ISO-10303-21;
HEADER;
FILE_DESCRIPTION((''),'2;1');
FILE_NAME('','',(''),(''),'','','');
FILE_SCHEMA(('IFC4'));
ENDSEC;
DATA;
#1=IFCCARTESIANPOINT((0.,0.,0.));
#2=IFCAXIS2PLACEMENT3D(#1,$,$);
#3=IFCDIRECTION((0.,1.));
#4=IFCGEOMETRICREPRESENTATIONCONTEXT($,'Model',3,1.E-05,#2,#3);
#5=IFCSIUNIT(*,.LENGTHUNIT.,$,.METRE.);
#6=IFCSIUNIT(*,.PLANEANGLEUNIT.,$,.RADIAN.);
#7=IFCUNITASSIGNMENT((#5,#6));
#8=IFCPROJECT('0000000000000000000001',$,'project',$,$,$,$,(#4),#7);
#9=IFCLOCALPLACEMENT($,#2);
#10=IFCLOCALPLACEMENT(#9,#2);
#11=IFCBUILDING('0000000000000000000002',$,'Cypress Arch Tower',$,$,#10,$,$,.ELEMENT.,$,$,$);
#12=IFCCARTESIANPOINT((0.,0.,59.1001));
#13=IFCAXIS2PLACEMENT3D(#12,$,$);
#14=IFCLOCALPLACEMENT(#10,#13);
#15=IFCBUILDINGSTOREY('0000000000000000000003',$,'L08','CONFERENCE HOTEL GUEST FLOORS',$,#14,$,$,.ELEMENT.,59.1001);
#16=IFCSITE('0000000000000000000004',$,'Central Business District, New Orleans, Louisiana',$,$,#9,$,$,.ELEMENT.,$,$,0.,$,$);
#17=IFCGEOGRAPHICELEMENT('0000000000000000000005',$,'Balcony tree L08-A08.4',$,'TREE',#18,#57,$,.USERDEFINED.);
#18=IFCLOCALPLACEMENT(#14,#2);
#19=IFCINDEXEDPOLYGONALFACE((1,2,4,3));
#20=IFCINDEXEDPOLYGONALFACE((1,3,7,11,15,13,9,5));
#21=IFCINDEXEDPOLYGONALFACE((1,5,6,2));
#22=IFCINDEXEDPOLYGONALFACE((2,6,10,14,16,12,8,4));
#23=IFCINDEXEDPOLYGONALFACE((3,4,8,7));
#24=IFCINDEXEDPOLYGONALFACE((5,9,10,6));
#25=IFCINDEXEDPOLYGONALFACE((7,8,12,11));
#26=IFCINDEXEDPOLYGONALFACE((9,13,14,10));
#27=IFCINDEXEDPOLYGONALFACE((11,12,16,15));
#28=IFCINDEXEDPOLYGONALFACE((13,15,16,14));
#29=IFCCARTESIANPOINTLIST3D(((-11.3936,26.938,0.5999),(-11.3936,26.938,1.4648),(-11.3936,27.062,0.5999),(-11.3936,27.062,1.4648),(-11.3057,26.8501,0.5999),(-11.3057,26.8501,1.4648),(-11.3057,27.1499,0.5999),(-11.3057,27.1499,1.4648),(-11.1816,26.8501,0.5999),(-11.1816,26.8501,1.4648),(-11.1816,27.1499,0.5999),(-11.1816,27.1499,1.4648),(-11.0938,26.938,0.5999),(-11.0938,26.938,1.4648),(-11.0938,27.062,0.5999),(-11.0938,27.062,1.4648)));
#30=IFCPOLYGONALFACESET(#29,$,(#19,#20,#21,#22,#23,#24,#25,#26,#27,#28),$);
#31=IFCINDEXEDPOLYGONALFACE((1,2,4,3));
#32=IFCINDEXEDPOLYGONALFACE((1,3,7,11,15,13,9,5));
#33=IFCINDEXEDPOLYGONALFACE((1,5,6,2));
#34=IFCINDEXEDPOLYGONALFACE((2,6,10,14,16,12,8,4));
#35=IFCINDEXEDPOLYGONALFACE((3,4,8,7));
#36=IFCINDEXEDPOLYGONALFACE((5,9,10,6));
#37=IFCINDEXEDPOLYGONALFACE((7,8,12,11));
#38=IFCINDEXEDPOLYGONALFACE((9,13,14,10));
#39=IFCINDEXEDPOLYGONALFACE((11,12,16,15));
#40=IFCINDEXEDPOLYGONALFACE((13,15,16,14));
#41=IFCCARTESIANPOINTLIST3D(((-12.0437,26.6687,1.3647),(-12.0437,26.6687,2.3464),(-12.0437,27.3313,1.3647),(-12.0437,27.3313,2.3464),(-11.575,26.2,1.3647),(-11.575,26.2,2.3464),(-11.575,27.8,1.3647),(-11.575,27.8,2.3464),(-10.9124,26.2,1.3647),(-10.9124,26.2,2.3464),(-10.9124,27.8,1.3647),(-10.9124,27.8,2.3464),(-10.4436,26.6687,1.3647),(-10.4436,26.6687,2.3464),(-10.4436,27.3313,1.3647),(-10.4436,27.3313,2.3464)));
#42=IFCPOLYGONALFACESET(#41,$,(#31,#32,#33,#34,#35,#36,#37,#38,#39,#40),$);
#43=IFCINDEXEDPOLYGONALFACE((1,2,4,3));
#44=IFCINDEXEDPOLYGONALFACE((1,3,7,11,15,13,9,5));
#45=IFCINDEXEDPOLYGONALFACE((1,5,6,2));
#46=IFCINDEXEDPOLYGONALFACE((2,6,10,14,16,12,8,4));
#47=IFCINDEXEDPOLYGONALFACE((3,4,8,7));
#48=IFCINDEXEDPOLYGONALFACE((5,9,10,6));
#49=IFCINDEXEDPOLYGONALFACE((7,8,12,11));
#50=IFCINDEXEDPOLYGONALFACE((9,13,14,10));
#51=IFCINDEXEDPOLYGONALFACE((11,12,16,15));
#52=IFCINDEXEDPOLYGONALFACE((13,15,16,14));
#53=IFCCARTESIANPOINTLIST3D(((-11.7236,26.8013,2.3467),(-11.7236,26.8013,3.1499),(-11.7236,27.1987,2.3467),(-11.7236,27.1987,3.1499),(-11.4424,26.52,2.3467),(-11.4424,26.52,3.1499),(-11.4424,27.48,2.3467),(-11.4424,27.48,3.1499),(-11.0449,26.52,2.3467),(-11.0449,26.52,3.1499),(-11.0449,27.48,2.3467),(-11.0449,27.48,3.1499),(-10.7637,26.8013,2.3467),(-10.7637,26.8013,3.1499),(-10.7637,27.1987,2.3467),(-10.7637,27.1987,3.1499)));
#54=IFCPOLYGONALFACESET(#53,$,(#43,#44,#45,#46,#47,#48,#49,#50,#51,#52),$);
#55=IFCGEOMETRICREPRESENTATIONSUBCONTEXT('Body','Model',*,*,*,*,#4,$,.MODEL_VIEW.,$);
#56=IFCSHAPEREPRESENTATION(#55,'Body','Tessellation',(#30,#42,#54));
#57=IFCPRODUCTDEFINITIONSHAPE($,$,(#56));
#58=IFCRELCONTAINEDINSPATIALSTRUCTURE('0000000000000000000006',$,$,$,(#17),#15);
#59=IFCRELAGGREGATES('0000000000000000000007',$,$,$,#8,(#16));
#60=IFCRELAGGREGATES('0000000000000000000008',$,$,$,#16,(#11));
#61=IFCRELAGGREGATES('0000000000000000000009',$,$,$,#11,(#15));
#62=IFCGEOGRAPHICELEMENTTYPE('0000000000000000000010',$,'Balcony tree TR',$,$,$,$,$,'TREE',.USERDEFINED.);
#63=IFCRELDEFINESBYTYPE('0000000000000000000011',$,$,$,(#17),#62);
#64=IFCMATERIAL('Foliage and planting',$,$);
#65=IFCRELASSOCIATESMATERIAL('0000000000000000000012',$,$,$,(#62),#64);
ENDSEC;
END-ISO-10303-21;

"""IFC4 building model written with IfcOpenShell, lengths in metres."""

from ifc_helpers import new_model, si_unit, direction, frame, origin, place, context, subcontext, project, spatial, polyline, outline, extrude, material, type_object, element, save


model = new_model("IFC4")

# Units and contexts
model_context = context("Model", 3, precision=1e-05, world=origin(), true_north=direction((0.0, 1.0)))
body_context = subcontext(model_context, "Body", "Model", "MODEL_VIEW")
ifc_project = project(units=[si_unit("LENGTHUNIT", "METRE"), si_unit("PLANEANGLEUNIT", "RADIAN")], contexts=[model_context])

# Site, building, storey
site_placement = place(None, origin())
site = spatial("IfcSite", under=ifc_project, at=site_placement, Name="Central Business District, New Orleans, Louisiana", CompositionType="ELEMENT", RefElevation=0.0)
building_placement = place(site_placement, origin())
building = spatial("IfcBuilding", under=site, at=building_placement, Name="Cypress Arch Tower", CompositionType="ELEMENT")
storey_placement = place(building_placement, frame((0.0, 0.0, 59.1001)))
storey = spatial("IfcBuildingStorey", under=building, at=storey_placement, Name="L08", Description="CONFERENCE HOTEL GUEST FLOORS", CompositionType="ELEMENT", Elevation=59.1001)

# Geographic element
ifc_material_1 = material(Name="Foliage and planting")
geographic_element_type = type_object("IfcGeographicElementType", Name="Balcony tree TR", ElementType="TREE", PredefinedType="USERDEFINED", material=ifc_material_1)
geographic_element_placement = place(storey_placement, frame((-11.2437, 27.0, 0.5999), z_axis=(0.0, 0.0, 1.0), x_axis=(1.0, 0.0, 0.0)))
element("IfcGeographicElement", 1, at=geographic_element_placement, inside=storey, type_object=geographic_element_type, Name="Balcony tree L08-A08.4", ObjectType="TREE", PredefinedType="USERDEFINED", context=body_context, shape_type="SweptSolid", body=[
    extrude(outline(polyline([(0.1499, 0.062), (0.062, 0.1499), (-0.062, 0.1499), (-0.1499, 0.062), (-0.1499, -0.062), (-0.062, -0.1499), (0.062, -0.1499), (0.1499, -0.062), (0.1499, 0.062)])), origin(), (0.0, 0.0, 1.0), 0.865),
    extrude(outline(polyline([(0.8, 0.3313), (0.3313, 0.8), (-0.3313, 0.8), (-0.8, 0.3313), (-0.8, -0.3313), (-0.3313, -0.8), (0.3313, -0.8), (0.8, -0.3313), (0.8, 0.3313)])), frame((0.0, 0.0, 0.7649)), (0.0, 0.0, 1.0), 0.9817),
    extrude(outline(polyline([(0.48, 0.1987), (0.1987, 0.48), (-0.1987, 0.48), (-0.48, 0.1987), (-0.48, -0.1987), (-0.1987, -0.48), (0.1987, -0.48), (0.48, -0.1987), (0.48, 0.1987)])), frame((0.0, 0.0, 1.7468)), (0.0, 0.0, 1.0), 0.8032),
])

save(model, "model.ifc")
